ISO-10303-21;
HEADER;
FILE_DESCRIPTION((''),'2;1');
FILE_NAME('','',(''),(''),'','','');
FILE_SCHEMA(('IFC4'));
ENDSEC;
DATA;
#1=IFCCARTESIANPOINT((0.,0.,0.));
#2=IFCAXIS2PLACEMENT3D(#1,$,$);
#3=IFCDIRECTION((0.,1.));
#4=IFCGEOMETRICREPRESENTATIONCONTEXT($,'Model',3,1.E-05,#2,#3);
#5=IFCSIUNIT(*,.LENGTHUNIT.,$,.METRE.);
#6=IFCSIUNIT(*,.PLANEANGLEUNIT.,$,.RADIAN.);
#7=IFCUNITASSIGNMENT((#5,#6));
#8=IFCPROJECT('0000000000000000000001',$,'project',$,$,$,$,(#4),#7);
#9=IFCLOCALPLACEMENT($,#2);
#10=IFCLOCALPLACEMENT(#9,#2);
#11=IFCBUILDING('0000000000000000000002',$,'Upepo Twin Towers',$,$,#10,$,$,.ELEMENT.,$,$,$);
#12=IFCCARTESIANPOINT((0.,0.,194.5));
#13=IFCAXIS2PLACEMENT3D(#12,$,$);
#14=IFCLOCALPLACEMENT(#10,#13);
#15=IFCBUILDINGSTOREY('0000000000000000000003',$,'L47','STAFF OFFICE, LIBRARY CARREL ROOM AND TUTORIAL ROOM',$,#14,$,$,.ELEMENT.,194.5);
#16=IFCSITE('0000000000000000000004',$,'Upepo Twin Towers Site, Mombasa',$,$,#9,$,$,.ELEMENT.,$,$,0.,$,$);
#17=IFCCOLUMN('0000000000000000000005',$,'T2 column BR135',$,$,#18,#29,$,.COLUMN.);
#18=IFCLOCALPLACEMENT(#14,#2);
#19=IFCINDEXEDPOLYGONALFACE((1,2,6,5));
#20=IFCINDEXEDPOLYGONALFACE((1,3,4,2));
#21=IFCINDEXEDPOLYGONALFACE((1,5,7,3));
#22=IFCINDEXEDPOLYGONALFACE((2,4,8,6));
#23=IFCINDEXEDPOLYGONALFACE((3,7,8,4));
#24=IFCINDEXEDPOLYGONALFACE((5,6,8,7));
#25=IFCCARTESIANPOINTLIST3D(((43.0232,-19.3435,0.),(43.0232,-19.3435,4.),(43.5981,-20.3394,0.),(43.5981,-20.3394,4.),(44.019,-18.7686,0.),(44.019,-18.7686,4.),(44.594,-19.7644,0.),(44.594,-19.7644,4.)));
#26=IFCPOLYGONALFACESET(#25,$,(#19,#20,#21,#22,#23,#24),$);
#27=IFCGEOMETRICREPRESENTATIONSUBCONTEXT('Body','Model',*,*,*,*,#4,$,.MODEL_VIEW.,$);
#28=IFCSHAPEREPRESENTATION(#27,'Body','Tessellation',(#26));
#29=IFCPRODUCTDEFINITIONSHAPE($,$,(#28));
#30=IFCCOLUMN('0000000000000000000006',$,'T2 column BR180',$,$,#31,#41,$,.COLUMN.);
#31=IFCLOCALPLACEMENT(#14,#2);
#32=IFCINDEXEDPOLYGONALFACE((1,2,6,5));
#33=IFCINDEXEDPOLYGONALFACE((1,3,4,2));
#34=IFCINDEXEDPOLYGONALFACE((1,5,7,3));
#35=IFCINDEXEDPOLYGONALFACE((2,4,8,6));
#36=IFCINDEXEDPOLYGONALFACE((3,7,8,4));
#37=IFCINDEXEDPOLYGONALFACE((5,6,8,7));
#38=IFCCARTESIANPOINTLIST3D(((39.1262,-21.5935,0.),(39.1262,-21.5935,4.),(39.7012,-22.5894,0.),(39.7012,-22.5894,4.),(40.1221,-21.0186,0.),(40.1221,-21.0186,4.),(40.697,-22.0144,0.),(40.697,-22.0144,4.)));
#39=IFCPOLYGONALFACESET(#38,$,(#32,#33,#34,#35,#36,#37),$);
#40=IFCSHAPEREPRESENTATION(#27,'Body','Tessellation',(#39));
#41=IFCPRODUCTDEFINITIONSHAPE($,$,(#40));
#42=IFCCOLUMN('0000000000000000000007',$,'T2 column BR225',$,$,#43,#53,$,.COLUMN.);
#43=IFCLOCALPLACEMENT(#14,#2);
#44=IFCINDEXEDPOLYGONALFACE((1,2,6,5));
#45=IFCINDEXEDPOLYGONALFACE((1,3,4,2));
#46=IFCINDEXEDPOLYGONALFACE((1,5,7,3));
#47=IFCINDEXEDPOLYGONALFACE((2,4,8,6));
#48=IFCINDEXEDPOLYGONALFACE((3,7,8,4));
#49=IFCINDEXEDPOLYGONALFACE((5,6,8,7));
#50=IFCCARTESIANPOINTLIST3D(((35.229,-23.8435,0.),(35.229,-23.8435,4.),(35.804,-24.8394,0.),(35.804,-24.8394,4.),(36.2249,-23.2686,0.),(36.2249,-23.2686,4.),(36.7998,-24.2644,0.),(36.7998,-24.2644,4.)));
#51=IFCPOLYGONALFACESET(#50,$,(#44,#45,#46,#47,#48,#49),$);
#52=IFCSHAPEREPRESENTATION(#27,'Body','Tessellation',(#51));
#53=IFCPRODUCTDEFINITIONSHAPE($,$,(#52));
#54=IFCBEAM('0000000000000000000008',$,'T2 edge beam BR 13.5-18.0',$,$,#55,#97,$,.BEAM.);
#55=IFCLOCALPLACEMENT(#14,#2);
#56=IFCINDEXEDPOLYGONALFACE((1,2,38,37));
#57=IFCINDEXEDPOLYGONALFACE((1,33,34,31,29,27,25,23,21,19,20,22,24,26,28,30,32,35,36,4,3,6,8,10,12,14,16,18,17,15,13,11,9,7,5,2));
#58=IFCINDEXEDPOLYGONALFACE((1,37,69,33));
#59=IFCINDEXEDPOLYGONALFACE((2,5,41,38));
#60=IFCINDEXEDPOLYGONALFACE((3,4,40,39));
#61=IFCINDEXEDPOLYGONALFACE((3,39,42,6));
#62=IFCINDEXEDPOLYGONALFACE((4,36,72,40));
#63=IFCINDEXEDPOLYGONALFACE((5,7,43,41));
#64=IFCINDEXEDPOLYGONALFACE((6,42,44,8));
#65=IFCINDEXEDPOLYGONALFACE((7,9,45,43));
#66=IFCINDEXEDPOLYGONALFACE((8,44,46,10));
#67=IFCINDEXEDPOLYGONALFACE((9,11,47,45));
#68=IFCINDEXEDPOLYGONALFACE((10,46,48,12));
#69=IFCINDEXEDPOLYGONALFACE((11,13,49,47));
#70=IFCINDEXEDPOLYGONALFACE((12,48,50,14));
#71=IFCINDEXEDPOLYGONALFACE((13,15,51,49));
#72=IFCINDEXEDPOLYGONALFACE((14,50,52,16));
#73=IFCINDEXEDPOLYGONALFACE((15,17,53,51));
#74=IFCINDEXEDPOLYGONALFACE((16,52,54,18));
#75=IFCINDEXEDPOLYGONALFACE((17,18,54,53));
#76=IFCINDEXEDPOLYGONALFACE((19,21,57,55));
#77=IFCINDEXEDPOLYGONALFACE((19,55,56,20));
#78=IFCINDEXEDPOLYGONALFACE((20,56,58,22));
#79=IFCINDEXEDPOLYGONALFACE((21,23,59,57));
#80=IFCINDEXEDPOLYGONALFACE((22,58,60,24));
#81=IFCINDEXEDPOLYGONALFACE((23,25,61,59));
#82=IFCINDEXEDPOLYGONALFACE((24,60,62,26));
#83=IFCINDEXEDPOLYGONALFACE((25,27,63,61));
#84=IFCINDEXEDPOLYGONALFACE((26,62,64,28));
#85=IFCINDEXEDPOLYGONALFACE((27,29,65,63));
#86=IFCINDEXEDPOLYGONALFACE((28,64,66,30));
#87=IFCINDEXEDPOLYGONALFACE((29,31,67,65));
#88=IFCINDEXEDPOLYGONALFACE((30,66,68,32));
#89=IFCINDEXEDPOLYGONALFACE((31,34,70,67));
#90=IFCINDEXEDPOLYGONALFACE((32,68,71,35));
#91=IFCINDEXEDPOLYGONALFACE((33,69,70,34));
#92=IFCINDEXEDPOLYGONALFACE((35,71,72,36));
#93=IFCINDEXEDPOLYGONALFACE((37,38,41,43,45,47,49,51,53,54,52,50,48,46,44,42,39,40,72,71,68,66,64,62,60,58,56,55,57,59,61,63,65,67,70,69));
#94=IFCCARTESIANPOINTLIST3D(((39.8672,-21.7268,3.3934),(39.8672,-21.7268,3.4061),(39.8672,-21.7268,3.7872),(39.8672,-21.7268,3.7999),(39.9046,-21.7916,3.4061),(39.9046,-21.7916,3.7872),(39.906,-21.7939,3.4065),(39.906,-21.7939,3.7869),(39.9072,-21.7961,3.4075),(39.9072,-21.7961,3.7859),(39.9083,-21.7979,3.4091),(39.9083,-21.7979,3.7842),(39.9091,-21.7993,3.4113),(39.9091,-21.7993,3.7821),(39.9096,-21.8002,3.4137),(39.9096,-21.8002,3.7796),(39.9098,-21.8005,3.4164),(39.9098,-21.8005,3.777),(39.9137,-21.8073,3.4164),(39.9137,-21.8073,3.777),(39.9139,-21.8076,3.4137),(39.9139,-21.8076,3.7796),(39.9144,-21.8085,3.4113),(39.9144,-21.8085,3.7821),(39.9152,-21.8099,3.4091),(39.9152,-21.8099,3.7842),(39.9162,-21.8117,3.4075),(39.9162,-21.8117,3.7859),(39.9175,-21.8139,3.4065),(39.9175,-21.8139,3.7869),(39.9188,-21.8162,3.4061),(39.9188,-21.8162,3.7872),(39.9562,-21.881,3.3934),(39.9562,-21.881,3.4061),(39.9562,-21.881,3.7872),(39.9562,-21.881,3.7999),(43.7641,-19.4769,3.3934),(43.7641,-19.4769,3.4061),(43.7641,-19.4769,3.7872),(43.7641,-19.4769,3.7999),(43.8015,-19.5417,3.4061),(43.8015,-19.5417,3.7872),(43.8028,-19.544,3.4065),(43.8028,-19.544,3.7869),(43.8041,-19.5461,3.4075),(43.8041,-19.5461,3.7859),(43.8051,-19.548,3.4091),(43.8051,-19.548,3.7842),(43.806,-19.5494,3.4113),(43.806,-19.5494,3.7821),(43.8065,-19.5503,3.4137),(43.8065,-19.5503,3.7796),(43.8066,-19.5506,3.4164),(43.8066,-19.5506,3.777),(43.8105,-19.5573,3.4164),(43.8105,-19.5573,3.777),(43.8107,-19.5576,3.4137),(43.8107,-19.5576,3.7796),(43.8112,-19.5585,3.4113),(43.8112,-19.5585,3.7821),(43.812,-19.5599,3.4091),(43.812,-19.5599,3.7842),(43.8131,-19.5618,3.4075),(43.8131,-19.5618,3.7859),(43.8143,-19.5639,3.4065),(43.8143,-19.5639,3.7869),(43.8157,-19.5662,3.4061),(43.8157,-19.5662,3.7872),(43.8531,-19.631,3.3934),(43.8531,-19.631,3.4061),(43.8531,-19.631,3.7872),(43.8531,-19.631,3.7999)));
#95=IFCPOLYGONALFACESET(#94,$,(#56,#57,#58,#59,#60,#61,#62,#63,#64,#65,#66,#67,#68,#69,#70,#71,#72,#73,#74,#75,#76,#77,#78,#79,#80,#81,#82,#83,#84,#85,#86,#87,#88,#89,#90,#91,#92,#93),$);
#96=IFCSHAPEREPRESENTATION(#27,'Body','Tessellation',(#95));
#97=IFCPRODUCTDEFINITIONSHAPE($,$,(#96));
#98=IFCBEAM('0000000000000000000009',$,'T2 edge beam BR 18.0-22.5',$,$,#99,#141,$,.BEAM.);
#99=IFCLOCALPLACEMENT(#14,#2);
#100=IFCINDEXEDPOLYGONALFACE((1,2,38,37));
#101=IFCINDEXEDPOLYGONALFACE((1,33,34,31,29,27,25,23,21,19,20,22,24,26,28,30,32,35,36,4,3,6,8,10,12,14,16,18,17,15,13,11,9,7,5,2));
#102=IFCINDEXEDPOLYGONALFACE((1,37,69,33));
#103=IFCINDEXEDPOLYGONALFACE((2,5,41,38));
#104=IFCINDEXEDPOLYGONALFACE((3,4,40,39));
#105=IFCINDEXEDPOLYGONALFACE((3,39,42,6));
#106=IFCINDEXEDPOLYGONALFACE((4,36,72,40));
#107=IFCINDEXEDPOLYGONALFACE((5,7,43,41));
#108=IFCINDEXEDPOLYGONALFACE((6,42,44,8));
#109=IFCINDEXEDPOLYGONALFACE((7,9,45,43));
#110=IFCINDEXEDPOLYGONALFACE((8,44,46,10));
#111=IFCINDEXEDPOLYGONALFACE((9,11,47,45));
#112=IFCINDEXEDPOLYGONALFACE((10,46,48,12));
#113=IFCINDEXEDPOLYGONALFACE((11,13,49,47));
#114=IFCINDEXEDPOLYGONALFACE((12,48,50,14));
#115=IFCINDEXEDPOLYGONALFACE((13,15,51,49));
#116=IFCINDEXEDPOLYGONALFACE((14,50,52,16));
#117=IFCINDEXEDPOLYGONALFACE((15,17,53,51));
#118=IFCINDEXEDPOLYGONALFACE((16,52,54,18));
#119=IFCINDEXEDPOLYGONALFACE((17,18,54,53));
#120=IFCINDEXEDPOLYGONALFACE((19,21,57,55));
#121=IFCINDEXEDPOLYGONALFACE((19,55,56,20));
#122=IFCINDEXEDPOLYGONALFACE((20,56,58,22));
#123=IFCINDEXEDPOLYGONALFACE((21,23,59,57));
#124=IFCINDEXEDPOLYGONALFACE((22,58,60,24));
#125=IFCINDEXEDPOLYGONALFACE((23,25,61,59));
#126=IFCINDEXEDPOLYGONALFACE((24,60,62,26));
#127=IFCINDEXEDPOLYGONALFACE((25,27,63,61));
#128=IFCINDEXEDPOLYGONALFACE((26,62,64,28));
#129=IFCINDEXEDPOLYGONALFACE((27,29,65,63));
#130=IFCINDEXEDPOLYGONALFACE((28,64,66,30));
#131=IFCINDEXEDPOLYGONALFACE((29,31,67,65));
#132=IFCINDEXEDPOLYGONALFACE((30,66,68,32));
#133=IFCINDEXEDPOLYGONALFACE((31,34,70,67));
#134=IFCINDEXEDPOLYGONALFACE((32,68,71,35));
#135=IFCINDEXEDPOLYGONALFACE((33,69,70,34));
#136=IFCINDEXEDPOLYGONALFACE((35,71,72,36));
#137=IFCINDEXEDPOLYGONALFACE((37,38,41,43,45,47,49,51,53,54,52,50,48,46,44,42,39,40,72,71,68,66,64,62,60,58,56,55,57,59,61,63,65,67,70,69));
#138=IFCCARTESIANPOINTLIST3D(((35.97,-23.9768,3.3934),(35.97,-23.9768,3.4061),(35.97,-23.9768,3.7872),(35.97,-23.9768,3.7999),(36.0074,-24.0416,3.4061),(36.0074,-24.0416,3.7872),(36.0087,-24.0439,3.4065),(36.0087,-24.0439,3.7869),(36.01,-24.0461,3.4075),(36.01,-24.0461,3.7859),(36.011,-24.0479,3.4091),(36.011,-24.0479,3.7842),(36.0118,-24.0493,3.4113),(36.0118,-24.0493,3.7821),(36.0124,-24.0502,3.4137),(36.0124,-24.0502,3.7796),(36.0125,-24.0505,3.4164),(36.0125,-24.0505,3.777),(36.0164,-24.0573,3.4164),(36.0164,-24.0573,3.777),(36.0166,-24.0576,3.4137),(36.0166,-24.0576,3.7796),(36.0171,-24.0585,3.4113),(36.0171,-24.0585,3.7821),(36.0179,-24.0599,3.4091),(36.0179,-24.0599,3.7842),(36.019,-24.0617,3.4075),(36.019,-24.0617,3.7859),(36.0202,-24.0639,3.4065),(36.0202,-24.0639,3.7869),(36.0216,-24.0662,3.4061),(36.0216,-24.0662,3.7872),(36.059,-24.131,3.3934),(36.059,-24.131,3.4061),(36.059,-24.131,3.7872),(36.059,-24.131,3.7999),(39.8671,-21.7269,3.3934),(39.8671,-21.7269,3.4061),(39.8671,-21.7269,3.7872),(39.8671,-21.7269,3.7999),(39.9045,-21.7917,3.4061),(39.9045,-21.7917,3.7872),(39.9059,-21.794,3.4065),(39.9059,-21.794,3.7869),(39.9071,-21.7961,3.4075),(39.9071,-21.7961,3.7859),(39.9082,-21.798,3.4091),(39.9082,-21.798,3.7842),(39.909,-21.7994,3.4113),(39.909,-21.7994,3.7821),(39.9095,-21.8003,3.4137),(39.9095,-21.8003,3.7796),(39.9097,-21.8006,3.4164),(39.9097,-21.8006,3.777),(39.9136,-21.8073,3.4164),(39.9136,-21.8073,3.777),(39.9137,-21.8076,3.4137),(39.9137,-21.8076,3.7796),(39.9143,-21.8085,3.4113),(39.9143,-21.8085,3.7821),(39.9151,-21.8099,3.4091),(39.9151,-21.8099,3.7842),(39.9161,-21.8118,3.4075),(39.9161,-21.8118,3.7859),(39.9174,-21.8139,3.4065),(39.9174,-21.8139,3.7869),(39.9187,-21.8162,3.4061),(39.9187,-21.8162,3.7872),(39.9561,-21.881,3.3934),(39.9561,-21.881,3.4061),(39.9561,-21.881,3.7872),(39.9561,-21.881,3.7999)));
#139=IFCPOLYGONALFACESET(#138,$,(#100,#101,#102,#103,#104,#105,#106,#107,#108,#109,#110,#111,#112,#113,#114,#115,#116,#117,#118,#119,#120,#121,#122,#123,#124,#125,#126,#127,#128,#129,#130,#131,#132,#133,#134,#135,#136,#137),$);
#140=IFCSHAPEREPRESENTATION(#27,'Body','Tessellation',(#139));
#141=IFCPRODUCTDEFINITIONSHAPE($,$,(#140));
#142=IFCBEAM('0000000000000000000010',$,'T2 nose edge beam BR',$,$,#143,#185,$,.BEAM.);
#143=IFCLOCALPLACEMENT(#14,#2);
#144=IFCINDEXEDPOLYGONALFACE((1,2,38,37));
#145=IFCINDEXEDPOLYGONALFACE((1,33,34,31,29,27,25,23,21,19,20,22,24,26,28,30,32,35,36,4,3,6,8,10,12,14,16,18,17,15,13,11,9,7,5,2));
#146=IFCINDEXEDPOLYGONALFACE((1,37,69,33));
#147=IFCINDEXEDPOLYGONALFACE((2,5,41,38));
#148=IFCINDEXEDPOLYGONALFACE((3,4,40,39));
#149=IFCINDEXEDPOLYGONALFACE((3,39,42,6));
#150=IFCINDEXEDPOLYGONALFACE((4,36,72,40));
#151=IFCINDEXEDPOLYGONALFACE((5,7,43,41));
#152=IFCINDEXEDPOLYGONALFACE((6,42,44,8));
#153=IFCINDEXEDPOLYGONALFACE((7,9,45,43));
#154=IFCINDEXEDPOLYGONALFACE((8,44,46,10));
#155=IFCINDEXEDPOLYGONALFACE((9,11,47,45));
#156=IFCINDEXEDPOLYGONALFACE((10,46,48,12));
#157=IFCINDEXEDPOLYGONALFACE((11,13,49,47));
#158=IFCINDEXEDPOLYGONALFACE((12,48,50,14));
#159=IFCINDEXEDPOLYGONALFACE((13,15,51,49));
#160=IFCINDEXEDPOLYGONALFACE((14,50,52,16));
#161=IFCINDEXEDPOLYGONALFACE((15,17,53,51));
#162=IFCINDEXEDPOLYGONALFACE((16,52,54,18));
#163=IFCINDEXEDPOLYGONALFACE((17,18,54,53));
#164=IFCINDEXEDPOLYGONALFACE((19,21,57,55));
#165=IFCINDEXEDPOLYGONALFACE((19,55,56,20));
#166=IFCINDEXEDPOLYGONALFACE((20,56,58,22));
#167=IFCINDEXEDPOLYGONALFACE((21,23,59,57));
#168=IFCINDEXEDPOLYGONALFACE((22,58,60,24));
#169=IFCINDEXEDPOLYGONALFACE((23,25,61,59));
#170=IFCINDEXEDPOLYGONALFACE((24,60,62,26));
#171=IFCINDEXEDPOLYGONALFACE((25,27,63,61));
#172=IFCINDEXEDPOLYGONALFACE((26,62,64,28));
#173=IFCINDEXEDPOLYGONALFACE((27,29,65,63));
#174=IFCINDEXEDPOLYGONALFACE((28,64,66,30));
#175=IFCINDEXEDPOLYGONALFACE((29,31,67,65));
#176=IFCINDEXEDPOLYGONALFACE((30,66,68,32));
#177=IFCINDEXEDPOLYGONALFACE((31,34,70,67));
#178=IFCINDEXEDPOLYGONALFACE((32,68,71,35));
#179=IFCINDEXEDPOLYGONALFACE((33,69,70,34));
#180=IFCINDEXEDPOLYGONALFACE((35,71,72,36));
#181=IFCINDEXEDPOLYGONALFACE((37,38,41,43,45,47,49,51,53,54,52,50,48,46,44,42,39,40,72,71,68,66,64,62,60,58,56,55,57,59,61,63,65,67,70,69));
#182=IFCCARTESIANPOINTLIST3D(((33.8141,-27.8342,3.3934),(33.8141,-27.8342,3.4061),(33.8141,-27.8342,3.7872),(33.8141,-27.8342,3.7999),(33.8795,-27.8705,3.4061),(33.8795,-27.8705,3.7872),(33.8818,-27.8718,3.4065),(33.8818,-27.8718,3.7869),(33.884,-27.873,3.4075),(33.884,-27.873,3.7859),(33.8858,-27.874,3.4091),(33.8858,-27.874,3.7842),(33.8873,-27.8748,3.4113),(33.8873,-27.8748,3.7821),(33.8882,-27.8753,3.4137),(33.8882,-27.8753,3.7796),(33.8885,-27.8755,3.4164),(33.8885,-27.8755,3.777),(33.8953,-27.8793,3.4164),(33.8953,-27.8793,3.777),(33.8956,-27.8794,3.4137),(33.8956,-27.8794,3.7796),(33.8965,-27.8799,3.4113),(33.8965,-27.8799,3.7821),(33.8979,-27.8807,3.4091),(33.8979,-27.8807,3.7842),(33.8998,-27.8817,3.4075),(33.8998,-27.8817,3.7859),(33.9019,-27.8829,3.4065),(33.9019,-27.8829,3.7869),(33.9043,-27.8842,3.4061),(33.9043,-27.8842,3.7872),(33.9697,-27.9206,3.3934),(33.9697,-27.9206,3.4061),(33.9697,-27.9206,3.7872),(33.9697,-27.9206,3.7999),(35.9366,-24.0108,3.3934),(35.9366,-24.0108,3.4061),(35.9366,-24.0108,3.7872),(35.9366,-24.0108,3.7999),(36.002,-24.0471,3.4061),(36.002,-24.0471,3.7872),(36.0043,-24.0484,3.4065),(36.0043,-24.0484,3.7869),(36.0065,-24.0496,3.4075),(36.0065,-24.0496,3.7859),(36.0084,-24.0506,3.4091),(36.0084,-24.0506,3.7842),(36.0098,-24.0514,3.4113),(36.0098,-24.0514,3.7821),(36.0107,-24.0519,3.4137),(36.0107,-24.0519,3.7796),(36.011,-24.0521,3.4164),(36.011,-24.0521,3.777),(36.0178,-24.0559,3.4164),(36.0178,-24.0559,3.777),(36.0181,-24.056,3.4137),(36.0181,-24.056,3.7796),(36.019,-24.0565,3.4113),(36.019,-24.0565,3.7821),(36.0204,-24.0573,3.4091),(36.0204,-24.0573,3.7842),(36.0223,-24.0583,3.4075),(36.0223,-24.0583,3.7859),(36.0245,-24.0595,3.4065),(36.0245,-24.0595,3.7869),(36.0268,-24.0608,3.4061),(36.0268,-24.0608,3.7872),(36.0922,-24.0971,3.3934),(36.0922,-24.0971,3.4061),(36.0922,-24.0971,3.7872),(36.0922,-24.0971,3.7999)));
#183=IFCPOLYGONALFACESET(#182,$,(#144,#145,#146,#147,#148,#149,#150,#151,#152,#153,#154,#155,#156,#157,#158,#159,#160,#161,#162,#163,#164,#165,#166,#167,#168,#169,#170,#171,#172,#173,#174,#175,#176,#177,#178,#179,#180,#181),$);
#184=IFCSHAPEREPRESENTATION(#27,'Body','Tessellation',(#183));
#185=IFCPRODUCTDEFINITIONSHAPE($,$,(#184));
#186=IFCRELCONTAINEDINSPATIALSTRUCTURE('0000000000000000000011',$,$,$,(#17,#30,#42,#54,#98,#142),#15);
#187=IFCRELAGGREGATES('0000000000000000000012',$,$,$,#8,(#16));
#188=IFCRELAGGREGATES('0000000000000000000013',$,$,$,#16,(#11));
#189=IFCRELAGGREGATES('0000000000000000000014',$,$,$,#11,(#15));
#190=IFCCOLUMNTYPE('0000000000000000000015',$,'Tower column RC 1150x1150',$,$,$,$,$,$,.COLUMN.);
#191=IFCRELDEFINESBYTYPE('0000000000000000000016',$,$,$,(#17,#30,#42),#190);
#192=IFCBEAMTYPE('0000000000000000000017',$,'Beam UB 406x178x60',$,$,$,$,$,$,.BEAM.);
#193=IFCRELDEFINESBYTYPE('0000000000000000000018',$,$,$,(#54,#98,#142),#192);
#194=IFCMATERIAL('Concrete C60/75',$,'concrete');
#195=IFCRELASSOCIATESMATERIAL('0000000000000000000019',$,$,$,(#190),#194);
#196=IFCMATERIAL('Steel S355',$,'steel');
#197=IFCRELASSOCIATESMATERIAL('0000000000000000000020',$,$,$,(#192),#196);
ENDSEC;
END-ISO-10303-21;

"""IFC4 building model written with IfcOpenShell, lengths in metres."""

from ifc_helpers import new_model, si_unit, direction, frame, origin, origin_2d, place, context, subcontext, project, spatial, rectangle, i_section, extrude, material, material_profile, profile_set, type_object, element, save


model = new_model("IFC4")

# Units and contexts
model_context = context("Model", 3, precision=1e-05, world=origin(), true_north=direction((0.0, 1.0)))
body_context = subcontext(model_context, "Body", "Model", "MODEL_VIEW")
ifc_project = project(units=[si_unit("LENGTHUNIT", "METRE"), si_unit("PLANEANGLEUNIT", "RADIAN")], contexts=[model_context])

# Site, building, storey
site_placement = place(None, origin())
site = spatial("IfcSite", under=ifc_project, at=site_placement, Name="Upepo Twin Towers Site, Mombasa", CompositionType="ELEMENT", RefElevation=0.0)
building_placement = place(site_placement, origin())
building = spatial("IfcBuilding", under=site, at=building_placement, Name="Upepo Twin Towers", CompositionType="ELEMENT")
storey_placement = place(building_placement, frame((0.0, 0.0, 194.5)))
storey = spatial("IfcBuildingStorey", under=building, at=storey_placement, Name="L47", Description="STAFF OFFICE, LIBRARY CARREL ROOM AND TUTORIAL ROOM", CompositionType="ELEMENT", Elevation=194.5)

# Columns
ifc_material_1 = material(Name="Concrete C60/75", Category="concrete")
ifc_material_profile_1 = material_profile(ifc_material_1, rectangle(XDim=1.1499, YDim=1.1499, at=origin_2d()), Name="RC 1150x1150")
ifc_profile_set_1 = profile_set([ifc_material_profile_1], Name="Concrete C60/75")
column_type = type_object("IfcColumnType", Name="Tower column RC 1150x1150", PredefinedType="COLUMN", material=ifc_profile_set_1)
for number, where, z_axis, x_axis, name in (
    (1, (43.8086, -19.554, 0.0), (0.0, 0.0, 1.0), (0.866025, 0.5, 0.0), "T2 column BR135"),
    (2, (39.9116, -21.804, 0.0), (0.0, 0.0, 1.0), (0.866025, 0.5, 0.0), "T2 column BR180"),
    (3, (36.0144, -24.054, 0.0), (0.0, 0.0, 1.0), (0.866025, 0.5, 0.0), "T2 column BR225"),
):
    element("IfcColumn", number, at=place(storey_placement, frame(where, z_axis=z_axis, x_axis=x_axis)), inside=storey, type_object=column_type, Name=name, PredefinedType="COLUMN", context=body_context, shape_type="SweptSolid", body=[
        extrude(rectangle(XDim=1.1499, YDim=1.1499, at=origin_2d()), origin(), (0.0, 0.0, 1.0), 4.0),
    ])

# Beams
ifc_material_2 = material(Name="Steel S355", Category="steel")
ifc_material_profile_2 = material_profile(ifc_material_2, i_section(OverallWidth=0.178, OverallDepth=0.4065, WebThickness=0.0078, FlangeThickness=0.0127, FilletRadius=0.0103, at=origin_2d()), Name="UB 406x178x60")
ifc_profile_set_2 = profile_set([ifc_material_profile_2], Name="Steel S355")
beam_type_1 = type_object("IfcBeamType", Name="Beam UB 406x178x60", PredefinedType="BEAM", material=ifc_profile_set_2)
beam_1_placement = place(storey_placement, frame((43.8086, -19.554, 3.5967), z_axis=(-0.866018, -0.500014, 0.0), x_axis=(0.500014, -0.866018, 0.0)))
element("IfcBeam", 4, at=beam_1_placement, inside=storey, type_object=beam_type_1, Name="T2 edge beam BR 13.5-18.0", PredefinedType="BEAM", context=body_context, shape_type="SweptSolid", body=[
    extrude(i_section(OverallWidth=0.178, OverallDepth=0.4065, WebThickness=0.0078, FlangeThickness=0.0127, FilletRadius=0.0103, at=origin_2d()), origin(), (0.0, 0.0, 1.0), 4.4998),
])
beam_2_placement = place(storey_placement, frame((39.9116, -21.804, 3.5967), z_axis=(-0.866031, -0.49999, 0.0), x_axis=(0.49999, -0.866031, 0.0)))
element("IfcBeam", 5, at=beam_2_placement, inside=storey, type_object=beam_type_1, Name="T2 edge beam BR 18.0-22.5", PredefinedType="BEAM", context=body_context, shape_type="SweptSolid", body=[
    extrude(i_section(OverallWidth=0.178, OverallDepth=0.4065, WebThickness=0.0078, FlangeThickness=0.0127, FilletRadius=0.0103, at=origin_2d()), origin(), (0.0, 0.0, 1.0), 4.5),
])
beam_3_placement = place(storey_placement, frame((36.0144, -24.054, 3.5967), z_axis=(-0.485363, -0.874313, 0.0), x_axis=(0.874313, -0.485363, 0.0)))
element("IfcBeam", 6, at=beam_3_placement, inside=storey, type_object=beam_type_1, Name="T2 nose edge beam BR", PredefinedType="BEAM", context=body_context, shape_type="SweptSolid", body=[
    extrude(i_section(OverallWidth=0.178, OverallDepth=0.4065, WebThickness=0.0078, FlangeThickness=0.0127, FilletRadius=0.0103, at=origin_2d()), origin(), (0.0, 0.0, 1.0), 4.373),
])

save(model, "model.ifc")
